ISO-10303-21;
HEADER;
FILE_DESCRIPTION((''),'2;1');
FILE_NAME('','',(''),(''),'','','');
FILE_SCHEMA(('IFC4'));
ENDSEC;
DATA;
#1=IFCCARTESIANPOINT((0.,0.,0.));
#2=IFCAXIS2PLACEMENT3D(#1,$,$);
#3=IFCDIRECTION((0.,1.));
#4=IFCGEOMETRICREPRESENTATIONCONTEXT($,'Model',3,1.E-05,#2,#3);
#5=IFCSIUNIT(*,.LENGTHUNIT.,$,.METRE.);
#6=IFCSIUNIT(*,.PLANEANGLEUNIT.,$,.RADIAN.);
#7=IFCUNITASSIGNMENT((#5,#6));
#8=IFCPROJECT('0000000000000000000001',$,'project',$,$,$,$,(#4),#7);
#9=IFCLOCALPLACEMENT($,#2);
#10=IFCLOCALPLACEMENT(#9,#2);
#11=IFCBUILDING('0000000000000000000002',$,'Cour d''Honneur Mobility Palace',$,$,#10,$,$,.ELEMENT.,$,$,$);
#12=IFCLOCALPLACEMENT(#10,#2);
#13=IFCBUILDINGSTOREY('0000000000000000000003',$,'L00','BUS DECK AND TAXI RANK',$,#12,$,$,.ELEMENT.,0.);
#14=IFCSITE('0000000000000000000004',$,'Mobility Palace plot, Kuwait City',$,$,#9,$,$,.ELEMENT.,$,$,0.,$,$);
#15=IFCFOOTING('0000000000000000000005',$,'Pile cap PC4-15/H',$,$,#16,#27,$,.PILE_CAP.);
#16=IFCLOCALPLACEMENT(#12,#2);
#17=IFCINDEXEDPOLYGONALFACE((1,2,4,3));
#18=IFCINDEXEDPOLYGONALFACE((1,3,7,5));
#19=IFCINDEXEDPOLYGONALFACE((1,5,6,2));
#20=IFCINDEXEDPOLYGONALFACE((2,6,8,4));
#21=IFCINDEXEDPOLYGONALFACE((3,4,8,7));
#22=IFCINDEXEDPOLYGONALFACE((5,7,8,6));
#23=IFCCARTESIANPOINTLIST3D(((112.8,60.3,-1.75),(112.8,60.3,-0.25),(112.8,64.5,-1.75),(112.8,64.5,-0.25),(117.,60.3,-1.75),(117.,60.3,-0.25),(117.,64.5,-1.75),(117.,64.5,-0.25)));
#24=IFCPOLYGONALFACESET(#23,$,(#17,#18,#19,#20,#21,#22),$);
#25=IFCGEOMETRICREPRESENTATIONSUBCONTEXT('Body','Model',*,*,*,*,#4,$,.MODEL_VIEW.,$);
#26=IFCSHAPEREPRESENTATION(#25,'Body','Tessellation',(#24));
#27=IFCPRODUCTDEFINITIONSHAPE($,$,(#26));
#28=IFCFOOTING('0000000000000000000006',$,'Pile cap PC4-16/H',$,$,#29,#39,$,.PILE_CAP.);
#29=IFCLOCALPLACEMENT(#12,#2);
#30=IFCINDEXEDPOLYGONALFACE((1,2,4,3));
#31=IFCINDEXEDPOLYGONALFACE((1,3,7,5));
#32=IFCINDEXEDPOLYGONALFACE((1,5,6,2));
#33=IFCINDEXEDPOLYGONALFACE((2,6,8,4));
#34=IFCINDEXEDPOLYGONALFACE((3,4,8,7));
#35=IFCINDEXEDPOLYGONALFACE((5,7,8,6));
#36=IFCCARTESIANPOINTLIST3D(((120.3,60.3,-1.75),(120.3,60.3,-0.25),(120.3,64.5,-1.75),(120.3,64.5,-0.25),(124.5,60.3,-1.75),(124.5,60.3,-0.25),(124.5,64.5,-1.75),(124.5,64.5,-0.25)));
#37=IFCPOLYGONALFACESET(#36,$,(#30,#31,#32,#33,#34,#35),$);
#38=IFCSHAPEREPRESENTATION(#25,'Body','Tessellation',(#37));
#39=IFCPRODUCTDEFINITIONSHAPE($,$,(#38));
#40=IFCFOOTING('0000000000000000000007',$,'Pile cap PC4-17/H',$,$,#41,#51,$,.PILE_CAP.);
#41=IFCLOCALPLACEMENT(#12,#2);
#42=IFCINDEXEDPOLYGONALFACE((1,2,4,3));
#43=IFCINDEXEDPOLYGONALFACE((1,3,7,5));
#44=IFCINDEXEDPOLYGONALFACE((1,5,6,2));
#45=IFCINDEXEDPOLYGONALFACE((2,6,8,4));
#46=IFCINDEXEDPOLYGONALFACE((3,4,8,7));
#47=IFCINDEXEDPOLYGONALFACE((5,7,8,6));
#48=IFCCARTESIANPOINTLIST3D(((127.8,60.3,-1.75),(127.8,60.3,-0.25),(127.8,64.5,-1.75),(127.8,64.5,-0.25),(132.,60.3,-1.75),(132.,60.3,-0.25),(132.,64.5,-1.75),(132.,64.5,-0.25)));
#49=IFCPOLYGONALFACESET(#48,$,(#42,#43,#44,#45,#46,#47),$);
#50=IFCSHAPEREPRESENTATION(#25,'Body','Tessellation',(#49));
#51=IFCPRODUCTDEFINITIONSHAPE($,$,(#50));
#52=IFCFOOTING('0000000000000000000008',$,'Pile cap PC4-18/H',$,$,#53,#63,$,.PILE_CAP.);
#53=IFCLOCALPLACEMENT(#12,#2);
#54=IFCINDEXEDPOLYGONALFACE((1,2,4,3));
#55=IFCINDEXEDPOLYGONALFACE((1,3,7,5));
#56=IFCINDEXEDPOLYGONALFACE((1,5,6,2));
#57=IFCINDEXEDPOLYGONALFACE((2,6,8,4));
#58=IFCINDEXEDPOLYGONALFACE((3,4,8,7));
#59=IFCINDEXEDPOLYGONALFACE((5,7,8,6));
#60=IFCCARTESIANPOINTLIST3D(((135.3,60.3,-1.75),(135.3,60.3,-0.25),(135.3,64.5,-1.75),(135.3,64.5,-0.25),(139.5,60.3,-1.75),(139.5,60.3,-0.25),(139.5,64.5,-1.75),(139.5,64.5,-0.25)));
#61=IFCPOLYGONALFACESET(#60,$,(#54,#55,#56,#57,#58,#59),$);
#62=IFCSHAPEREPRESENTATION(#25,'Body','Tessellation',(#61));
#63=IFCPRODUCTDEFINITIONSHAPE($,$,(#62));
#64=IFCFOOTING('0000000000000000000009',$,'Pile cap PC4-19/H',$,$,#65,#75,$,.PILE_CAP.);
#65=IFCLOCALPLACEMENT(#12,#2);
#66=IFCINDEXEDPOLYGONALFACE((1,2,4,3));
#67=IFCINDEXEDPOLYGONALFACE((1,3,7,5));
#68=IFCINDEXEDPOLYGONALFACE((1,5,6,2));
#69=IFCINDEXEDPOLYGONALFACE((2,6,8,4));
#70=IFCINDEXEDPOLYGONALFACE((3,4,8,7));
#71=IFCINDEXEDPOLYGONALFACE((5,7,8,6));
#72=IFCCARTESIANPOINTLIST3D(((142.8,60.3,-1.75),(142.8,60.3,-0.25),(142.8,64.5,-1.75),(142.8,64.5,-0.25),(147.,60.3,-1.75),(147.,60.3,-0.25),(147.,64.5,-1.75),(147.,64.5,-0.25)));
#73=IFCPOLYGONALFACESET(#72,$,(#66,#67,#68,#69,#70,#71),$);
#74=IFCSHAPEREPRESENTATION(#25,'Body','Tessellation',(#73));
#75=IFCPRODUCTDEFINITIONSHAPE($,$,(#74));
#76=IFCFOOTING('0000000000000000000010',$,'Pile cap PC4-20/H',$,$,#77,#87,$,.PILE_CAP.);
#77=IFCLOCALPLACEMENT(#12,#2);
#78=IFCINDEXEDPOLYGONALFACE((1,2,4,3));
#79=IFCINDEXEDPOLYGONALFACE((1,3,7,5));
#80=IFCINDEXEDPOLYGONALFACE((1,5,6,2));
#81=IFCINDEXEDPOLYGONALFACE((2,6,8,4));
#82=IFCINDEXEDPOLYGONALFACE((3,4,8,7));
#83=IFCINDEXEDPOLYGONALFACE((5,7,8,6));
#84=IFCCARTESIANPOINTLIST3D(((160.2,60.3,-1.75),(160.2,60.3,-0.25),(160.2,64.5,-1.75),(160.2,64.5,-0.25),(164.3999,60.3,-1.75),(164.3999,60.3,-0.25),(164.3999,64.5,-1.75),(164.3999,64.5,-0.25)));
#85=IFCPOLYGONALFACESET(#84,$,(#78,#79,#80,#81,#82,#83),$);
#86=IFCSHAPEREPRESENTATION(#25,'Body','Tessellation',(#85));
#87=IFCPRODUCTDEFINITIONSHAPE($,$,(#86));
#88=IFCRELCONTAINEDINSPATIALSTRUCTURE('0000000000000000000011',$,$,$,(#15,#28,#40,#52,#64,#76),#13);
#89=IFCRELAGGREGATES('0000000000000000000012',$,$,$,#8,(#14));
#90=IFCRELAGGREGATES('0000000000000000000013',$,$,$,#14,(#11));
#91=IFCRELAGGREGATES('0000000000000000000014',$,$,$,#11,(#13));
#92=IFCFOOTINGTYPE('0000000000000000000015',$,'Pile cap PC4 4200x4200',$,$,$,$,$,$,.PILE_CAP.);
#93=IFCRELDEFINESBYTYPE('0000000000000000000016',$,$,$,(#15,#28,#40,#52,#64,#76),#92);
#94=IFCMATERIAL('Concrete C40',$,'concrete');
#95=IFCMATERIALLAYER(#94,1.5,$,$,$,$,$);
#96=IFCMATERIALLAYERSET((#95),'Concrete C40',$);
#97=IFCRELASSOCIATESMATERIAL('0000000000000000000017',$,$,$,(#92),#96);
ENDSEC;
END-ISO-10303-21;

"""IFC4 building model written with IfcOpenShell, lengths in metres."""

from ifc_helpers import new_model, si_unit, direction, frame, origin, place, context, subcontext, project, spatial, polyline, outline, extrude, material, layer, layer_set, type_object, element, save


model = new_model("IFC4")

# Units and contexts
model_context = context("Model", 3, precision=1e-05, world=origin(), true_north=direction((0.0, 1.0)))
body_context = subcontext(model_context, "Body", "Model", "MODEL_VIEW")
ifc_project = project(units=[si_unit("LENGTHUNIT", "METRE"), si_unit("PLANEANGLEUNIT", "RADIAN")], contexts=[model_context])

# Site, building, storey
site_placement = place(None, origin())
site = spatial("IfcSite", under=ifc_project, at=site_placement, Name="Mobility Palace plot, Kuwait City", CompositionType="ELEMENT", RefElevation=0.0)
building_placement = place(site_placement, origin())
building = spatial("IfcBuilding", under=site, at=building_placement, Name="Cour d'Honneur Mobility Palace", CompositionType="ELEMENT")
storey_placement = place(building_placement, origin())
storey = spatial("IfcBuildingStorey", under=building, at=storey_placement, Name="L00", Description="BUS DECK AND TAXI RANK", CompositionType="ELEMENT", Elevation=0.0)

# Footings
ifc_material_1 = material(Name="Concrete C40", Category="concrete")
ifc_layer_1 = layer(ifc_material_1, 1.5)
ifc_layer_set_1 = layer_set([ifc_layer_1], Name="Concrete C40")
footing_type_1 = type_object("IfcFootingType", Name="Pile cap PC4 4200x4200", PredefinedType="PILE_CAP", material=ifc_layer_set_1)
footing_1_placement = place(storey_placement, frame((0.0, 0.0, -1.75)))
element("IfcFooting", 1, at=footing_1_placement, inside=storey, type_object=footing_type_1, Name="Pile cap PC4-15/H", PredefinedType="PILE_CAP", context=body_context, shape_type="SweptSolid", body=[
    extrude(outline(polyline([(112.8, 60.3), (117.0, 60.3), (117.0, 64.5), (112.8, 64.5), (112.8, 60.3)])), origin(), (0.0, 0.0, 1.0), 1.5),
])
footing_2_placement = place(storey_placement, frame((0.0, 0.0, -1.75)))
element("IfcFooting", 2, at=footing_2_placement, inside=storey, type_object=footing_type_1, Name="Pile cap PC4-16/H", PredefinedType="PILE_CAP", context=body_context, shape_type="SweptSolid", body=[
    extrude(outline(polyline([(120.3, 60.3), (124.5, 60.3), (124.5, 64.5), (120.3, 64.5), (120.3, 60.3)])), origin(), (0.0, 0.0, 1.0), 1.5),
])
footing_3_placement = place(storey_placement, frame((0.0, 0.0, -1.75)))
element("IfcFooting", 3, at=footing_3_placement, inside=storey, type_object=footing_type_1, Name="Pile cap PC4-17/H", PredefinedType="PILE_CAP", context=body_context, shape_type="SweptSolid", body=[
    extrude(outline(polyline([(127.8, 60.3), (132.0, 60.3), (132.0, 64.5), (127.8, 64.5), (127.8, 60.3)])), origin(), (0.0, 0.0, 1.0), 1.5),
])
footing_4_placement = place(storey_placement, frame((0.0, 0.0, -1.75)))
element("IfcFooting", 4, at=footing_4_placement, inside=storey, type_object=footing_type_1, Name="Pile cap PC4-18/H", PredefinedType="PILE_CAP", context=body_context, shape_type="SweptSolid", body=[
    extrude(outline(polyline([(135.3, 60.3), (139.5, 60.3), (139.5, 64.5), (135.3, 64.5), (135.3, 60.3)])), origin(), (0.0, 0.0, 1.0), 1.5),
])
footing_5_placement = place(storey_placement, frame((0.0, 0.0, -1.75)))
element("IfcFooting", 5, at=footing_5_placement, inside=storey, type_object=footing_type_1, Name="Pile cap PC4-19/H", PredefinedType="PILE_CAP", context=body_context, shape_type="SweptSolid", body=[
    extrude(outline(polyline([(142.8, 60.3), (147.0, 60.3), (147.0, 64.5), (142.8, 64.5), (142.8, 60.3)])), origin(), (0.0, 0.0, 1.0), 1.5),
])
footing_6_placement = place(storey_placement, frame((0.0, 0.0, -1.75)))
element("IfcFooting", 6, at=footing_6_placement, inside=storey, type_object=footing_type_1, Name="Pile cap PC4-20/H", PredefinedType="PILE_CAP", context=body_context, shape_type="SweptSolid", body=[
    extrude(outline(polyline([(160.2, 60.3), (164.3999, 60.3), (164.3999, 64.5), (160.2, 64.5), (160.2, 60.3)])), origin(), (0.0, 0.0, 1.0), 1.5),
])

save(model, "model.ifc")
